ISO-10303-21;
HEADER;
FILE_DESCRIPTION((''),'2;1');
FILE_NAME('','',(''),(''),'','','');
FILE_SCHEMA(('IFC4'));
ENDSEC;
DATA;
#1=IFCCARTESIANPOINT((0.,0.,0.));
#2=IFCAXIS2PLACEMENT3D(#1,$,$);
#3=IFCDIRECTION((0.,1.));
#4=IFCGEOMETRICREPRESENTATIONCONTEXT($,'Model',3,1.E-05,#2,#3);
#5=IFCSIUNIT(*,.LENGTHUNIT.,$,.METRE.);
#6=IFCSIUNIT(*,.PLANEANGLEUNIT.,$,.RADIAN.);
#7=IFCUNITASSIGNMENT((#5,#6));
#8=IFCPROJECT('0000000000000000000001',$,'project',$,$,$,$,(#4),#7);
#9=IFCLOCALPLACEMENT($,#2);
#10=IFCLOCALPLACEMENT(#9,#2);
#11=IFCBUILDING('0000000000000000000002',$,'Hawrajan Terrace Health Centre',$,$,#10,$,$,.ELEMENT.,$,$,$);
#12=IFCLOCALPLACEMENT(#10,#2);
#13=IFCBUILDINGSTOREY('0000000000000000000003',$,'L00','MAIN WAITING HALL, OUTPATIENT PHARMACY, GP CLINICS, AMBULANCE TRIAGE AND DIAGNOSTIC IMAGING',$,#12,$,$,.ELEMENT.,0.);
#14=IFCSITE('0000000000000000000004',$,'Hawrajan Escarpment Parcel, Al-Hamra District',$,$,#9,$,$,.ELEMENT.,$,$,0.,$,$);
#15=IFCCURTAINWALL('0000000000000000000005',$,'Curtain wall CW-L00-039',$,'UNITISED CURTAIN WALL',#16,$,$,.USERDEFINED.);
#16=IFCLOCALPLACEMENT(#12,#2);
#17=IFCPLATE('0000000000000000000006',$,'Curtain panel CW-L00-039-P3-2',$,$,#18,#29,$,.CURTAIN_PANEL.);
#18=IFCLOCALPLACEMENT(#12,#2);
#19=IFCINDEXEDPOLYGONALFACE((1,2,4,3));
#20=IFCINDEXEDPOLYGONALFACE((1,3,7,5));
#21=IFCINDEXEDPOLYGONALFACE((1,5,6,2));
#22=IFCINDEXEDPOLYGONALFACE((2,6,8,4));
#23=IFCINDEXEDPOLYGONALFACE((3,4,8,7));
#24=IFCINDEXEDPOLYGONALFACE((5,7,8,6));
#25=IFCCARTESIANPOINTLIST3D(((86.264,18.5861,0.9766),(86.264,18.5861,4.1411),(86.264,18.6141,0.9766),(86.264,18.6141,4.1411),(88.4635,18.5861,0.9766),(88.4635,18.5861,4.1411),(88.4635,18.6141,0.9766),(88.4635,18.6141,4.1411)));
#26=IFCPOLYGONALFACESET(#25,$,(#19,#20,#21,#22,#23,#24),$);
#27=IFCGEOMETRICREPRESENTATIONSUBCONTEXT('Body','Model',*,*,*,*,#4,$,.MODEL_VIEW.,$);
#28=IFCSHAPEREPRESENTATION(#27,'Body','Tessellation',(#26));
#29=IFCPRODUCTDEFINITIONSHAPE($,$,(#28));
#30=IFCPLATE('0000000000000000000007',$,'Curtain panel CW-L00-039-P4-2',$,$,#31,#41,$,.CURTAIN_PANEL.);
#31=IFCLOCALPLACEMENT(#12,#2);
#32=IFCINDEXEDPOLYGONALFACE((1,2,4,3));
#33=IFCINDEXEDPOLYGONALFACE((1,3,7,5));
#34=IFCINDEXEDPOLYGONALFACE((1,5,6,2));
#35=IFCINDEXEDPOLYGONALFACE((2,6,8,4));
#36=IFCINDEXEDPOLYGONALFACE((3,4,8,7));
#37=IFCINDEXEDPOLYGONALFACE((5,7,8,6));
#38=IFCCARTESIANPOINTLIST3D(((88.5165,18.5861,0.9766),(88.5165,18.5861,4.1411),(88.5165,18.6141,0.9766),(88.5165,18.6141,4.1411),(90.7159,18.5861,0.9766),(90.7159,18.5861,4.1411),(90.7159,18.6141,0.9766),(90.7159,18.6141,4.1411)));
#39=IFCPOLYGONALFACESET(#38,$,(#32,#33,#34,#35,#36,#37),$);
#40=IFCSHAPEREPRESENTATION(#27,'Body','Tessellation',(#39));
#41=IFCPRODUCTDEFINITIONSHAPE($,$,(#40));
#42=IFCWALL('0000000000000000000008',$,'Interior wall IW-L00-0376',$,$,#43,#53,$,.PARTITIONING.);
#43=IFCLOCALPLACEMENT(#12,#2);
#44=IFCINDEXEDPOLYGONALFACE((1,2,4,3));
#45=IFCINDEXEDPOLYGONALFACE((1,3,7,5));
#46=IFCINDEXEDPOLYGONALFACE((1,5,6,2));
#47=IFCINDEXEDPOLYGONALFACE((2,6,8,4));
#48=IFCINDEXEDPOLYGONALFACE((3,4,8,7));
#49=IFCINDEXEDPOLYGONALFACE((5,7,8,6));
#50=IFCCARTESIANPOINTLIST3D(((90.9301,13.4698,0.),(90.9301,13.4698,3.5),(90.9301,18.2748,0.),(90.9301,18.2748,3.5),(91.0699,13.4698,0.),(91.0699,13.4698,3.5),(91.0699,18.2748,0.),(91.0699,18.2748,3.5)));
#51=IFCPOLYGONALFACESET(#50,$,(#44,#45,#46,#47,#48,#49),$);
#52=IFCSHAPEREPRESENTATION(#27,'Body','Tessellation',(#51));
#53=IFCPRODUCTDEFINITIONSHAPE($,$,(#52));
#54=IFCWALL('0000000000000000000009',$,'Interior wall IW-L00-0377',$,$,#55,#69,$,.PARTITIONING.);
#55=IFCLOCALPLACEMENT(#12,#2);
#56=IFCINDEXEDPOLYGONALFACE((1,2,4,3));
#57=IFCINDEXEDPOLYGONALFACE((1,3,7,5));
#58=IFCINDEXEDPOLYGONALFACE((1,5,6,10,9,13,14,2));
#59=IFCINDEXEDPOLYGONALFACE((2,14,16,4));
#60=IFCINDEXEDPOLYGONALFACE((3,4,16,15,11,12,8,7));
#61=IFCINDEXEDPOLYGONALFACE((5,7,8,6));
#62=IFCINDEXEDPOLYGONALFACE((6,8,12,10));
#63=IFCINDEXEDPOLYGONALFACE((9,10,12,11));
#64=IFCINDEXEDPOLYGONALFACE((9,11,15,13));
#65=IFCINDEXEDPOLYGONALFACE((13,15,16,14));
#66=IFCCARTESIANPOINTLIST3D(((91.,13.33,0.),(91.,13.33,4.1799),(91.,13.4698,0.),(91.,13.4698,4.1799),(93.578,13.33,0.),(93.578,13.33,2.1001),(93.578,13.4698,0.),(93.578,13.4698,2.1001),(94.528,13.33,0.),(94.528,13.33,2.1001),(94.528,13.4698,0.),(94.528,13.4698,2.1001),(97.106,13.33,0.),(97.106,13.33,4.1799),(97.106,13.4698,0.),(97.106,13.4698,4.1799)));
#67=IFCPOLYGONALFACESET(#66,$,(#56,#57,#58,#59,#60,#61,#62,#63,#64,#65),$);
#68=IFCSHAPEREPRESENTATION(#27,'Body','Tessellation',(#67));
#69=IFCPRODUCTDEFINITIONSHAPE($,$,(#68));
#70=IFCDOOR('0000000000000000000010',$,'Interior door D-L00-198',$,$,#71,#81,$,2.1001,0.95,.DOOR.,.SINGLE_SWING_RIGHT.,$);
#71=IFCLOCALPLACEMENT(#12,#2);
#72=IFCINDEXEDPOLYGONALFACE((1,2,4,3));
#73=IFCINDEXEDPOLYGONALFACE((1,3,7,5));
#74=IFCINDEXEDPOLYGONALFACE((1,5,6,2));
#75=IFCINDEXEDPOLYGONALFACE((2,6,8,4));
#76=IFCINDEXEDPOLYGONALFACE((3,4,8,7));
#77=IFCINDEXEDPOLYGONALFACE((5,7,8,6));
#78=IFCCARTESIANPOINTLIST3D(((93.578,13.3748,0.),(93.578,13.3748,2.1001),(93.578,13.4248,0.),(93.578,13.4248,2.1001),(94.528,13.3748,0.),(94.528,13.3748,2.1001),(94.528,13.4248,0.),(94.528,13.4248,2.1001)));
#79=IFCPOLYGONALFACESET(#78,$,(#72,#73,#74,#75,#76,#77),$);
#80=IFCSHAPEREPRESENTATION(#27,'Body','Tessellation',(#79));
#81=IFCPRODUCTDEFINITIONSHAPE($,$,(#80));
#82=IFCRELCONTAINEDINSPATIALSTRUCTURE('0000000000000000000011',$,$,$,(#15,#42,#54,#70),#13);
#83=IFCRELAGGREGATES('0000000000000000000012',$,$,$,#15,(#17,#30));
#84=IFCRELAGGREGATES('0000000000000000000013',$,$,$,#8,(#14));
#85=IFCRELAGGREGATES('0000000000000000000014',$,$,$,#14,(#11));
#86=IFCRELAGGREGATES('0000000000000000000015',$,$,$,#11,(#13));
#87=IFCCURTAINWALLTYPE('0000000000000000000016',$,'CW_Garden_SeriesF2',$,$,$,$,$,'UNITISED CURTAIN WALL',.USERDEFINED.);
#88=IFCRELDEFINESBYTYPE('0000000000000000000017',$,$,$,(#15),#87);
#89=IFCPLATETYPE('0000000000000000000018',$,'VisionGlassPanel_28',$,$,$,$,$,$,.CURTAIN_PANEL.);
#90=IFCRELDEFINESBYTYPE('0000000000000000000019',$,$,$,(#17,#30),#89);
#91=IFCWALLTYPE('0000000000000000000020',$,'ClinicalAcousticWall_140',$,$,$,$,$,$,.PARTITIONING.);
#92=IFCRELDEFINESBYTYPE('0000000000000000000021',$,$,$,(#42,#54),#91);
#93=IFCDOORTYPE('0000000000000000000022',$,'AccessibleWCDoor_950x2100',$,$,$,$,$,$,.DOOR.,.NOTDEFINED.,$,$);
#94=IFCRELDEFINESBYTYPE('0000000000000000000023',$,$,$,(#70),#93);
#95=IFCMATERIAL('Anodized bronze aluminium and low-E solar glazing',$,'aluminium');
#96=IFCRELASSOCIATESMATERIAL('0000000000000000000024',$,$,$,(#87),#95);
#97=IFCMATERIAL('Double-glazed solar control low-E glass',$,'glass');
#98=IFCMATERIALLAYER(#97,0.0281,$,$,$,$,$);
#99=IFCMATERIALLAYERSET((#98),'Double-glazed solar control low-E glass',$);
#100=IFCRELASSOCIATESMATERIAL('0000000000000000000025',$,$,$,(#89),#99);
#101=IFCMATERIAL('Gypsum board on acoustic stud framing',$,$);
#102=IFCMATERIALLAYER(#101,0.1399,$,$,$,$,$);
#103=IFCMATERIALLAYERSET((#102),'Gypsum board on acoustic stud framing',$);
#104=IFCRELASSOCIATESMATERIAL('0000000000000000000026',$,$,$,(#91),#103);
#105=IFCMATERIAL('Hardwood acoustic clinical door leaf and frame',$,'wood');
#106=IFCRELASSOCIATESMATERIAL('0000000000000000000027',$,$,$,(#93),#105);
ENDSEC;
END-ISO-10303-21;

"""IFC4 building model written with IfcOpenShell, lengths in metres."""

from ifc_helpers import new_model, si_unit, direction, frame, frame_2d, origin, origin_2d, place, context, subcontext, project, spatial, rectangle, extrude, material, layer, layer_set, type_object, element, fill, aggregate, save


model = new_model("IFC4")

# Units and contexts
model_context = context("Model", 3, precision=1e-05, world=origin(), true_north=direction((0.0, 1.0)))
body_context = subcontext(model_context, "Body", "Model", "MODEL_VIEW")
ifc_project = project(units=[si_unit("LENGTHUNIT", "METRE"), si_unit("PLANEANGLEUNIT", "RADIAN")], contexts=[model_context])

# Site, building, storey
site_placement = place(None, origin())
site = spatial("IfcSite", under=ifc_project, at=site_placement, Name="Hawrajan Escarpment Parcel, Al-Hamra District", CompositionType="ELEMENT", RefElevation=0.0)
building_placement = place(site_placement, origin())
building = spatial("IfcBuilding", under=site, at=building_placement, Name="Hawrajan Terrace Health Centre", CompositionType="ELEMENT")
storey_placement = place(building_placement, origin())
storey = spatial("IfcBuildingStorey", under=building, at=storey_placement, Name="L00", Description="MAIN WAITING HALL, OUTPATIENT PHARMACY, GP CLINICS, AMBULANCE TRIAGE AND DIAGNOSTIC IMAGING", CompositionType="ELEMENT", Elevation=0.0)

# Curtain wall
ifc_material_1 = material(Name="Anodized bronze aluminium and low-E solar glazing", Category="aluminium")
curtain_wall_type_1 = type_object("IfcCurtainWallType", Name="CW_Garden_SeriesF2", ElementType="UNITISED CURTAIN WALL", PredefinedType="USERDEFINED", material=ifc_material_1)
curtain_wall_1_placement = place(storey_placement, origin())
curtain_wall_1 = element("IfcCurtainWall", 1, at=curtain_wall_1_placement, inside=storey, type_object=curtain_wall_type_1, Name="Curtain wall CW-L00-039", ObjectType="UNITISED CURTAIN WALL", PredefinedType="USERDEFINED")

# Plates
ifc_material_2 = material(Name="Double-glazed solar control low-E glass", Category="glass")
ifc_layer_1 = layer(ifc_material_2, 0.0281)
ifc_layer_set_1 = layer_set([ifc_layer_1], Name="Double-glazed solar control low-E glass")
plate_type_1 = type_object("IfcPlateType", Name="VisionGlassPanel_28", PredefinedType="CURTAIN_PANEL", material=ifc_layer_set_1)
plate_1_placement = place(storey_placement, frame((87.3638, 18.6001, 0.9766), z_axis=(0.0, 0.0, 1.0), x_axis=(1.0, 0.0, 0.0)))
plate_1 = element("IfcPlate", 2, at=plate_1_placement, type_object=plate_type_1, Name="Curtain panel CW-L00-039-P3-2", PredefinedType="CURTAIN_PANEL", context=body_context, shape_type="SweptSolid", body=[
    extrude(rectangle(XDim=2.1995, YDim=0.0281, at=origin_2d()), origin(), (0.0, 0.0, 1.0), 3.1646),
])
plate_2_placement = place(storey_placement, frame((89.6162, 18.6001, 0.9766), z_axis=(0.0, 0.0, 1.0), x_axis=(1.0, 0.0, 0.0)))
plate_2 = element("IfcPlate", 3, at=plate_2_placement, type_object=plate_type_1, Name="Curtain panel CW-L00-039-P4-2", PredefinedType="CURTAIN_PANEL", context=body_context, shape_type="SweptSolid", body=[
    extrude(rectangle(XDim=2.1995, YDim=0.0281, at=origin_2d()), origin(), (0.0, 0.0, 1.0), 3.1646),
])
aggregate(curtain_wall_1, [plate_1, plate_2])

# Wall
ifc_material_3 = material(Name="Gypsum board on acoustic stud framing")
ifc_layer_2 = layer(ifc_material_3, 0.1399)
ifc_layer_set_2 = layer_set([ifc_layer_2], Name="Gypsum board on acoustic stud framing")
wall_type = type_object("IfcWallType", Name="ClinicalAcousticWall_140", PredefinedType="PARTITIONING", material=ifc_layer_set_2)
wall_1_placement = place(storey_placement, frame((91.0, 13.47, 0.0), z_axis=(0.0, 0.0, 1.0), x_axis=(0.0, 1.0, 0.0)))
element("IfcWall", 4, at=wall_1_placement, inside=storey, type_object=wall_type, Name="Interior wall IW-L00-0376", PredefinedType="PARTITIONING", context=body_context, shape_type="SweptSolid", body=[
    extrude(rectangle(XDim=4.8049, YDim=0.1399, at=frame_2d((2.4023, 0.0))), origin(), (0.0, 0.0, 1.0), 3.5),
])

# Wall, opening, door
wall_2_placement = place(storey_placement, frame((91.0, 13.3999, 0.0), z_axis=(0.0, 0.0, 1.0), x_axis=(1.0, 0.0, 0.0)))
wall_2 = element("IfcWall", 5, at=wall_2_placement, inside=storey, type_object=wall_type, Name="Interior wall IW-L00-0377", PredefinedType="PARTITIONING", context=body_context, shape_type="SweptSolid", body=[
    extrude(rectangle(XDim=6.106, YDim=0.1399, at=frame_2d((3.053, 0.0))), origin(), (0.0, 0.0, 1.0), 4.1799),
])
opening_placement = place(wall_2_placement, frame((2.5779, 0.0, 0.0)))
opening = element("IfcOpeningElement", 6, at=opening_placement, cuts=wall_2, PredefinedType="OPENING", context=body_context, shape_type="SweptSolid", body=[
    extrude(rectangle(XDim=0.95, YDim=2.1001, at=frame_2d((0.4751, 1.05))), frame((0.0, 0.0798, 0.0), z_axis=(0.0, -1.0, 0.0), x_axis=(1.0, 0.0, 0.0)), (0.0, 0.0, 1.0), 0.1599),
])
ifc_material_4 = material(Name="Hardwood acoustic clinical door leaf and frame", Category="wood")
door_type = type_object("IfcDoorType", Name="AccessibleWCDoor_950x2100", OperationType="NOTDEFINED", PredefinedType="DOOR", material=ifc_material_4)
door_placement = place(opening_placement, origin())
door = element("IfcDoor", 7, at=door_placement, inside=storey, type_object=door_type, Name="Interior door D-L00-198", OperationType="SINGLE_SWING_RIGHT", OverallHeight=2.1001, OverallWidth=0.95, PredefinedType="DOOR", context=body_context, shape_type="SweptSolid", body=[
    extrude(rectangle(XDim=0.95, YDim=2.1001, at=frame_2d((0.4751, 1.05))), frame((0.0, 0.0249, 0.0), z_axis=(0.0, -1.0, 0.0), x_axis=(1.0, 0.0, 0.0)), (0.0, 0.0, 1.0), 0.05),
])
fill(opening, door)

save(model, "model.ifc")
